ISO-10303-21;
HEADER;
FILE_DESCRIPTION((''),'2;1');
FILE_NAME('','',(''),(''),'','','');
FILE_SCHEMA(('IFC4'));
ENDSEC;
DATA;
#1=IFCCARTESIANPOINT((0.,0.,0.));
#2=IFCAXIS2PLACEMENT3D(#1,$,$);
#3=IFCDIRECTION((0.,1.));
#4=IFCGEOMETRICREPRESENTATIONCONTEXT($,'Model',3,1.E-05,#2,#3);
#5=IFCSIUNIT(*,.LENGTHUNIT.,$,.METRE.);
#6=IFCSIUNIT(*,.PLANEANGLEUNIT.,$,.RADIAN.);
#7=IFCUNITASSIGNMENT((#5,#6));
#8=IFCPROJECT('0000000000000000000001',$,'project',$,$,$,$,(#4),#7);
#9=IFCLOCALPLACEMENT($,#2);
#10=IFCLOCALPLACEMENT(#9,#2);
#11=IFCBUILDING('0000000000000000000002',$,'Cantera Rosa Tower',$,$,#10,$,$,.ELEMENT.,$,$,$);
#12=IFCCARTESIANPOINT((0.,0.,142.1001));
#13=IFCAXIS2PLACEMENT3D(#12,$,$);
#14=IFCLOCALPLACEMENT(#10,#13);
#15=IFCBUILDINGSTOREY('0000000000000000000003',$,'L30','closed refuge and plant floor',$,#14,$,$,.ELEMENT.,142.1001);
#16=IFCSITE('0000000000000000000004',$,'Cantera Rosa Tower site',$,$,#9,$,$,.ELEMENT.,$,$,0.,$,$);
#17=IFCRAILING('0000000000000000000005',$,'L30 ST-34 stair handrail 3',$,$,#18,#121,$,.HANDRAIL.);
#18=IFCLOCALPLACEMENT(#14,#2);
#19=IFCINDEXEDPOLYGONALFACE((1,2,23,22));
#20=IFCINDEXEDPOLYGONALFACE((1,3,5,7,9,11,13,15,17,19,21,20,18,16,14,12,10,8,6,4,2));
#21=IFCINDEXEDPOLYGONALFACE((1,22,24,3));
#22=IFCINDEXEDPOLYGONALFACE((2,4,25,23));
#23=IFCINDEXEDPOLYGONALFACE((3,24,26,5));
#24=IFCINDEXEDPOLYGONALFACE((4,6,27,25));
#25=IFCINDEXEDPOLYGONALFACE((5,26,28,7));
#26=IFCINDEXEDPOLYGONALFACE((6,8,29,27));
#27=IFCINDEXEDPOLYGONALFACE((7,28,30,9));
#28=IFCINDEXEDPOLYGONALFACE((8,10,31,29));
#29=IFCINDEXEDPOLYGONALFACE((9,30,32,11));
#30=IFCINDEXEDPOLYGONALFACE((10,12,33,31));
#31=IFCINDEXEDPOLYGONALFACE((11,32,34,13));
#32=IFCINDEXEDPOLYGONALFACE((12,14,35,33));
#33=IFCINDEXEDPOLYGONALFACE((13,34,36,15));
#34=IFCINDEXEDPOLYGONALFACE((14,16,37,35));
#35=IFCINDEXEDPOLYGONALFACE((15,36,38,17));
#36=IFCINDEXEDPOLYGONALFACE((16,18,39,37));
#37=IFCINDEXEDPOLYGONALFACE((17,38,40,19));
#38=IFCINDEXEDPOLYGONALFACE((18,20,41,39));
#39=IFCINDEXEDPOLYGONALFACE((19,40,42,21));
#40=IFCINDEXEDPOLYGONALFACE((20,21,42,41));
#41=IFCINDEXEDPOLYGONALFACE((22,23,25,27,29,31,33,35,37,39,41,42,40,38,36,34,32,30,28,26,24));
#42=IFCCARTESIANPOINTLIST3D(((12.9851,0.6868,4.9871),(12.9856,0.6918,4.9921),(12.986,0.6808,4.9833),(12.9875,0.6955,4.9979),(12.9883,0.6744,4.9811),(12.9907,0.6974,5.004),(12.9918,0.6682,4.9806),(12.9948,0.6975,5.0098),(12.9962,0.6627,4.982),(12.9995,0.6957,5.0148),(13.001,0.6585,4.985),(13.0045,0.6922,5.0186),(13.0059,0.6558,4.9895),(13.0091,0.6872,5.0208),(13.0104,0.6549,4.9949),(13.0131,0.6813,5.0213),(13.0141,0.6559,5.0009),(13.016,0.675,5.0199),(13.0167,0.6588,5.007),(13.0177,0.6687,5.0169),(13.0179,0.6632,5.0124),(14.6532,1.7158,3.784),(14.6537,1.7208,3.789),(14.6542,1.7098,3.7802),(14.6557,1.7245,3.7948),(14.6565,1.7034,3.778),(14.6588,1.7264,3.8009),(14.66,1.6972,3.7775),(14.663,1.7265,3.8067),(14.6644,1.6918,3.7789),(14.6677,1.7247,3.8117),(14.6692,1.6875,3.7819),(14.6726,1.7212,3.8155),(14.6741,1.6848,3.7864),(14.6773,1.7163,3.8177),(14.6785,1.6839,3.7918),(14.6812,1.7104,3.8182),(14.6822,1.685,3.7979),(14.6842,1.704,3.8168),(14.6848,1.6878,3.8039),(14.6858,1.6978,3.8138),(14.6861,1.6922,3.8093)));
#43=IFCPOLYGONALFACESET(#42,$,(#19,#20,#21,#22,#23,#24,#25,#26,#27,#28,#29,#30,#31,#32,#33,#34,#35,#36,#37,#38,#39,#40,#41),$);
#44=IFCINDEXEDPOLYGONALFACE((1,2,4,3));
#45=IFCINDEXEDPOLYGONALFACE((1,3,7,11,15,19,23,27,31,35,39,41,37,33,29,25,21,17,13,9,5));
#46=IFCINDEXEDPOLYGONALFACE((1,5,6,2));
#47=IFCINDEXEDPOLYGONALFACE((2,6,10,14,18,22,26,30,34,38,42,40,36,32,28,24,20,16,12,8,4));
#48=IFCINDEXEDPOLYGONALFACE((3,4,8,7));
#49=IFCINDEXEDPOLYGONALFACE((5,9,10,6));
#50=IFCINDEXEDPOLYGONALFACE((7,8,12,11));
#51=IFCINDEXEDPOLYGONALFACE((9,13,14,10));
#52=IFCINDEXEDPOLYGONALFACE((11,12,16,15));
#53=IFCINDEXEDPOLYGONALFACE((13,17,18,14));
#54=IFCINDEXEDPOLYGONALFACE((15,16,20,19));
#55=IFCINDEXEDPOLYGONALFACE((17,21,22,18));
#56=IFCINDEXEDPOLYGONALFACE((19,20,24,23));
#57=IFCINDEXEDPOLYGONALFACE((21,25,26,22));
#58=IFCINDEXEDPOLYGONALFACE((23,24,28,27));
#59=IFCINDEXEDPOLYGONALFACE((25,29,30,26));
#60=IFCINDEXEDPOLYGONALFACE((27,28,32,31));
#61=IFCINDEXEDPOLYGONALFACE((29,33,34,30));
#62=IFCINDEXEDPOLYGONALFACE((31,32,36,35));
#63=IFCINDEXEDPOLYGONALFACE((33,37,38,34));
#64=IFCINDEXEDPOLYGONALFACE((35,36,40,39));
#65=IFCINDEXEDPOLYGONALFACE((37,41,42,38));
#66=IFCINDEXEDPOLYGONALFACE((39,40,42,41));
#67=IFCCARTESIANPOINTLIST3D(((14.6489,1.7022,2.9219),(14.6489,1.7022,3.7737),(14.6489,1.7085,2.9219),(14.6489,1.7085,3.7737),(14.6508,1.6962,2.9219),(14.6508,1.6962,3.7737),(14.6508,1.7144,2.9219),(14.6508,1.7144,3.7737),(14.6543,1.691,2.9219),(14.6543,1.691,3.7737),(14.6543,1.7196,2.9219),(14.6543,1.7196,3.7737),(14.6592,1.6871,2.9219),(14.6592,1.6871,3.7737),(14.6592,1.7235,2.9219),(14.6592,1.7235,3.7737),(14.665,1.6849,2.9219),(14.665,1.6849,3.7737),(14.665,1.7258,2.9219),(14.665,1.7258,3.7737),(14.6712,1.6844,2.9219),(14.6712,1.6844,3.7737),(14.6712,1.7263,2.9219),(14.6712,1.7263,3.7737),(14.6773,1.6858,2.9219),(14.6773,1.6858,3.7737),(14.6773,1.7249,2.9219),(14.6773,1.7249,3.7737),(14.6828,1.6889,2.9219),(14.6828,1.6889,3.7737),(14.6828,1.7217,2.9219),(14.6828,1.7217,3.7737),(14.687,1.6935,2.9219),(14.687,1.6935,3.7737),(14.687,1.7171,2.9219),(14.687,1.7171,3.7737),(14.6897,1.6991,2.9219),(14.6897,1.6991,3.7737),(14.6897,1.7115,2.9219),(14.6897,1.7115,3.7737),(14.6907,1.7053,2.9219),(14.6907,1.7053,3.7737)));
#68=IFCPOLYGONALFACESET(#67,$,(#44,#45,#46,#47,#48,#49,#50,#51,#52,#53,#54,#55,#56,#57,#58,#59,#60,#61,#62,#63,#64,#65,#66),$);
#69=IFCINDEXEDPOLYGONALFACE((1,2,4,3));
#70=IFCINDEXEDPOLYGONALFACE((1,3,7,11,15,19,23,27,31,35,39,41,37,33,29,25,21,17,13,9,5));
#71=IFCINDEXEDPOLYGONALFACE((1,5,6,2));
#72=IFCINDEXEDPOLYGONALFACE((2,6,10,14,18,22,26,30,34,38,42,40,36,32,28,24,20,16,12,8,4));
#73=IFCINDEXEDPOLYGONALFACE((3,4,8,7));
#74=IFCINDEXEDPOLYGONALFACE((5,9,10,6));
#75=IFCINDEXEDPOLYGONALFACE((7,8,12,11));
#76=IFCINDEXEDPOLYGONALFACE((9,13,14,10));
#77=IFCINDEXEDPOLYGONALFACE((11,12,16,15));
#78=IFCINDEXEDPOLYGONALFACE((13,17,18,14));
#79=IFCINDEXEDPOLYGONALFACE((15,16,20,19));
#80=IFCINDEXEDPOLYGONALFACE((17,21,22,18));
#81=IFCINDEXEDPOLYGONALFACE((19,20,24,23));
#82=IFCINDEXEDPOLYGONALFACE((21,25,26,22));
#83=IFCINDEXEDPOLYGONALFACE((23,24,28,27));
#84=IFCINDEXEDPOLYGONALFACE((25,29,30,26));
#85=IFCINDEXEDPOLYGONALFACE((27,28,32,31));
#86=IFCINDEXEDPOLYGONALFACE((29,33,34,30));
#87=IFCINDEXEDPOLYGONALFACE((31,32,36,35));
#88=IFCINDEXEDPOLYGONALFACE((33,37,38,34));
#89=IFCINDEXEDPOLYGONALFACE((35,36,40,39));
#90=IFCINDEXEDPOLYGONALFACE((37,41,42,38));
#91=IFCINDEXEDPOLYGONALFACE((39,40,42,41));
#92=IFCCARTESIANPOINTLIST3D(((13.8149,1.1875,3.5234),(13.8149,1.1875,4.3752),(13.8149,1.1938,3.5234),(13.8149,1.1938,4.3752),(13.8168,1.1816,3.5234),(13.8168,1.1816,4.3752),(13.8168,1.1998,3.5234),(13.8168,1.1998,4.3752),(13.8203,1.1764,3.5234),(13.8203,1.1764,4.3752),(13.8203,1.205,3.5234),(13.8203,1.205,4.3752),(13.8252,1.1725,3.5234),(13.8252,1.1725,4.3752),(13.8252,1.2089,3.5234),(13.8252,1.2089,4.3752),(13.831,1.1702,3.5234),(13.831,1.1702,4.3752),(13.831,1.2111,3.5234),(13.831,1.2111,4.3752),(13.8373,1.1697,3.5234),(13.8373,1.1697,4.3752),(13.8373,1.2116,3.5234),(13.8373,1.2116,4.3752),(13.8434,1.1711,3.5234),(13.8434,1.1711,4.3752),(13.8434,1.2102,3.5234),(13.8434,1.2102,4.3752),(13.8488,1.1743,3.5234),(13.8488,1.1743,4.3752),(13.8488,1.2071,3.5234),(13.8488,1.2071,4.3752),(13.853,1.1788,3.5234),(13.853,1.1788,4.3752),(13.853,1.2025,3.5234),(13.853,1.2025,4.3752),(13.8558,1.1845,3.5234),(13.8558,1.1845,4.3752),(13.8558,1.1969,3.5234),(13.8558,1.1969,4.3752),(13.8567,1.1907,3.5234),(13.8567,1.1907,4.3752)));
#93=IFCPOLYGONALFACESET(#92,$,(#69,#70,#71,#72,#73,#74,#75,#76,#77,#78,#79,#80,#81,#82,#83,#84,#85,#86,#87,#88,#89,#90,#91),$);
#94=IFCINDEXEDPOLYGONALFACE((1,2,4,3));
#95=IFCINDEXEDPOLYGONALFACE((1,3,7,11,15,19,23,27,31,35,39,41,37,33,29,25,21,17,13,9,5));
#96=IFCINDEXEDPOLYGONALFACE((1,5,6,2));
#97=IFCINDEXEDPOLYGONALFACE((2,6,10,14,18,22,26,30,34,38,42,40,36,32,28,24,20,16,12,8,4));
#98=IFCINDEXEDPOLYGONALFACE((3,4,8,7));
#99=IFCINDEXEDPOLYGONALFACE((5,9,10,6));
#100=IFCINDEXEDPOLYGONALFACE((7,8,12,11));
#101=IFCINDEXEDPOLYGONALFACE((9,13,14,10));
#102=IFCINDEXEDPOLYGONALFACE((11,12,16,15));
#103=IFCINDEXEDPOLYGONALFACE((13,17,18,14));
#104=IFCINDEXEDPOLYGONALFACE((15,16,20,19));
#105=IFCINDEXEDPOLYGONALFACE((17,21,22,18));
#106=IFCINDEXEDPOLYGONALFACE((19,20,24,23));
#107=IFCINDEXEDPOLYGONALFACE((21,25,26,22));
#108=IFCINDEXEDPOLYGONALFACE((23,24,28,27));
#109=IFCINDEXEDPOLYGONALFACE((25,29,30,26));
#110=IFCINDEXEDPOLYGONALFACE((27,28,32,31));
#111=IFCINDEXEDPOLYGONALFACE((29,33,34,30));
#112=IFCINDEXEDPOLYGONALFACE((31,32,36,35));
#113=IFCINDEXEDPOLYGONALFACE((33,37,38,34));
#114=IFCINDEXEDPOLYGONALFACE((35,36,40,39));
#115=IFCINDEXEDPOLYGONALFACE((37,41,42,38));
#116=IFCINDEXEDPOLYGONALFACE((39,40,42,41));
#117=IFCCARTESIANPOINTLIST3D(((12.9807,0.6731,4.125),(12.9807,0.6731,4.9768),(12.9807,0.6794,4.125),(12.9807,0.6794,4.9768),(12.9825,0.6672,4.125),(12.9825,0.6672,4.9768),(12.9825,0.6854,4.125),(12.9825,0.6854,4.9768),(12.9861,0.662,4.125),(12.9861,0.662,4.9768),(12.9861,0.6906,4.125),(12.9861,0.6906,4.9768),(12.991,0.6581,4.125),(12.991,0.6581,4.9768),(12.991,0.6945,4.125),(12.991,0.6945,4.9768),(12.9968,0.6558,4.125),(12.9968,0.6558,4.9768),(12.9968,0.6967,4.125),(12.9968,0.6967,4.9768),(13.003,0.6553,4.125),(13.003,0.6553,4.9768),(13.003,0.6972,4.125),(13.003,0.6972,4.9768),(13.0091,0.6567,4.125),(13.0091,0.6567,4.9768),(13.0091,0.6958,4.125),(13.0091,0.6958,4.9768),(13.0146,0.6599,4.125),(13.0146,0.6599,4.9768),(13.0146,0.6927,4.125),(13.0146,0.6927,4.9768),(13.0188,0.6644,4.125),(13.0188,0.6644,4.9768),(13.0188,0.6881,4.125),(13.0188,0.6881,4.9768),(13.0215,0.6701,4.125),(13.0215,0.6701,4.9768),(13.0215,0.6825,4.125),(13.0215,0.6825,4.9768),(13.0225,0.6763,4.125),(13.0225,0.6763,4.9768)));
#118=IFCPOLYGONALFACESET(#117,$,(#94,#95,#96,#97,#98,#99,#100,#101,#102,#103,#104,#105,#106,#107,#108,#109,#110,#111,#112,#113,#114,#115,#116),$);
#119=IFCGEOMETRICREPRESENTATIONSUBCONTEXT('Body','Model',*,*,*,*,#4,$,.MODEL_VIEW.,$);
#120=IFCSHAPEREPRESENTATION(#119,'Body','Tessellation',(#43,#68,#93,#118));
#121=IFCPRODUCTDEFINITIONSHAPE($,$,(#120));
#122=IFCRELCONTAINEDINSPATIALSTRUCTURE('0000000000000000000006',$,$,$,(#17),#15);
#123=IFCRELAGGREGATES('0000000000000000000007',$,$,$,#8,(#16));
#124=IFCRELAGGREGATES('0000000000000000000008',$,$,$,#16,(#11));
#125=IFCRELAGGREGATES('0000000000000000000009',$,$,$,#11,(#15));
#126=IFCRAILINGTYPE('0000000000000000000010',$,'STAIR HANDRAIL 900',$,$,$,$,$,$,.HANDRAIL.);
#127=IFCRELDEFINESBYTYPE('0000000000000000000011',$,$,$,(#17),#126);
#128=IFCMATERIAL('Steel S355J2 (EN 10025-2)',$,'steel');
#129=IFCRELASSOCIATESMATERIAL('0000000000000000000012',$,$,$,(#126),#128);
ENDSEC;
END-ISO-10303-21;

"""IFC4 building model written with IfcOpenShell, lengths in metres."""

from ifc_helpers import new_model, si_unit, direction, frame, origin, origin_2d, place, context, subcontext, project, spatial, circle, extrude, material, type_object, element, save


model = new_model("IFC4")

# Units and contexts
model_context = context("Model", 3, precision=1e-05, world=origin(), true_north=direction((0.0, 1.0)))
body_context = subcontext(model_context, "Body", "Model", "MODEL_VIEW")
ifc_project = project(units=[si_unit("LENGTHUNIT", "METRE"), si_unit("PLANEANGLEUNIT", "RADIAN")], contexts=[model_context])

# Site, building, storey
site_placement = place(None, origin())
site = spatial("IfcSite", under=ifc_project, at=site_placement, Name="Cantera Rosa Tower site", CompositionType="ELEMENT", RefElevation=0.0)
building_placement = place(site_placement, origin())
building = spatial("IfcBuilding", under=site, at=building_placement, Name="Cantera Rosa Tower", CompositionType="ELEMENT")
storey_placement = place(building_placement, frame((0.0, 0.0, 142.1001)))
storey = spatial("IfcBuildingStorey", under=building, at=storey_placement, Name="L30", Description="closed refuge and plant floor", CompositionType="ELEMENT", Elevation=142.1001)

# Railing
ifc_material_1 = material(Name="Steel S355J2 (EN 10025-2)", Category="steel")
railing_type_1 = type_object("IfcRailingType", Name="STAIR HANDRAIL 900", PredefinedType="HANDRAIL", material=ifc_material_1)
for number, where, name in (
    (1, (14.6697, 1.7053, 2.9219), "L30 ST-34 stair handrail 3"),
):
    element("IfcRailing", number, at=place(storey_placement, frame(where)), inside=storey, type_object=railing_type_1, Name=name, PredefinedType="HANDRAIL", context=body_context, shape_type="SweptSolid", body=[
        extrude(circle(Radius=0.0239, at=origin_2d()), frame((0.0, 0.0, 0.876), z_axis=(-0.725352, -0.44744, 0.523128), x_axis=(0.525008, -0.851098, 0.0)), (0.0, 0.0, 1.0), 2.2998),
        extrude(circle(Radius=0.021, at=origin_2d()), origin(), (0.0, 0.0, 1.0), 0.8518),
        extrude(circle(Radius=0.021, at=origin_2d()), frame((-0.834, -0.5146, 0.6016)), (0.0, 0.0, 1.0), 0.8518),
        extrude(circle(Radius=0.021, at=origin_2d()), frame((-1.6682, -1.0291, 1.2031)), (0.0, 0.0, 1.0), 0.8518),
    ])

save(model, "model.ifc")
